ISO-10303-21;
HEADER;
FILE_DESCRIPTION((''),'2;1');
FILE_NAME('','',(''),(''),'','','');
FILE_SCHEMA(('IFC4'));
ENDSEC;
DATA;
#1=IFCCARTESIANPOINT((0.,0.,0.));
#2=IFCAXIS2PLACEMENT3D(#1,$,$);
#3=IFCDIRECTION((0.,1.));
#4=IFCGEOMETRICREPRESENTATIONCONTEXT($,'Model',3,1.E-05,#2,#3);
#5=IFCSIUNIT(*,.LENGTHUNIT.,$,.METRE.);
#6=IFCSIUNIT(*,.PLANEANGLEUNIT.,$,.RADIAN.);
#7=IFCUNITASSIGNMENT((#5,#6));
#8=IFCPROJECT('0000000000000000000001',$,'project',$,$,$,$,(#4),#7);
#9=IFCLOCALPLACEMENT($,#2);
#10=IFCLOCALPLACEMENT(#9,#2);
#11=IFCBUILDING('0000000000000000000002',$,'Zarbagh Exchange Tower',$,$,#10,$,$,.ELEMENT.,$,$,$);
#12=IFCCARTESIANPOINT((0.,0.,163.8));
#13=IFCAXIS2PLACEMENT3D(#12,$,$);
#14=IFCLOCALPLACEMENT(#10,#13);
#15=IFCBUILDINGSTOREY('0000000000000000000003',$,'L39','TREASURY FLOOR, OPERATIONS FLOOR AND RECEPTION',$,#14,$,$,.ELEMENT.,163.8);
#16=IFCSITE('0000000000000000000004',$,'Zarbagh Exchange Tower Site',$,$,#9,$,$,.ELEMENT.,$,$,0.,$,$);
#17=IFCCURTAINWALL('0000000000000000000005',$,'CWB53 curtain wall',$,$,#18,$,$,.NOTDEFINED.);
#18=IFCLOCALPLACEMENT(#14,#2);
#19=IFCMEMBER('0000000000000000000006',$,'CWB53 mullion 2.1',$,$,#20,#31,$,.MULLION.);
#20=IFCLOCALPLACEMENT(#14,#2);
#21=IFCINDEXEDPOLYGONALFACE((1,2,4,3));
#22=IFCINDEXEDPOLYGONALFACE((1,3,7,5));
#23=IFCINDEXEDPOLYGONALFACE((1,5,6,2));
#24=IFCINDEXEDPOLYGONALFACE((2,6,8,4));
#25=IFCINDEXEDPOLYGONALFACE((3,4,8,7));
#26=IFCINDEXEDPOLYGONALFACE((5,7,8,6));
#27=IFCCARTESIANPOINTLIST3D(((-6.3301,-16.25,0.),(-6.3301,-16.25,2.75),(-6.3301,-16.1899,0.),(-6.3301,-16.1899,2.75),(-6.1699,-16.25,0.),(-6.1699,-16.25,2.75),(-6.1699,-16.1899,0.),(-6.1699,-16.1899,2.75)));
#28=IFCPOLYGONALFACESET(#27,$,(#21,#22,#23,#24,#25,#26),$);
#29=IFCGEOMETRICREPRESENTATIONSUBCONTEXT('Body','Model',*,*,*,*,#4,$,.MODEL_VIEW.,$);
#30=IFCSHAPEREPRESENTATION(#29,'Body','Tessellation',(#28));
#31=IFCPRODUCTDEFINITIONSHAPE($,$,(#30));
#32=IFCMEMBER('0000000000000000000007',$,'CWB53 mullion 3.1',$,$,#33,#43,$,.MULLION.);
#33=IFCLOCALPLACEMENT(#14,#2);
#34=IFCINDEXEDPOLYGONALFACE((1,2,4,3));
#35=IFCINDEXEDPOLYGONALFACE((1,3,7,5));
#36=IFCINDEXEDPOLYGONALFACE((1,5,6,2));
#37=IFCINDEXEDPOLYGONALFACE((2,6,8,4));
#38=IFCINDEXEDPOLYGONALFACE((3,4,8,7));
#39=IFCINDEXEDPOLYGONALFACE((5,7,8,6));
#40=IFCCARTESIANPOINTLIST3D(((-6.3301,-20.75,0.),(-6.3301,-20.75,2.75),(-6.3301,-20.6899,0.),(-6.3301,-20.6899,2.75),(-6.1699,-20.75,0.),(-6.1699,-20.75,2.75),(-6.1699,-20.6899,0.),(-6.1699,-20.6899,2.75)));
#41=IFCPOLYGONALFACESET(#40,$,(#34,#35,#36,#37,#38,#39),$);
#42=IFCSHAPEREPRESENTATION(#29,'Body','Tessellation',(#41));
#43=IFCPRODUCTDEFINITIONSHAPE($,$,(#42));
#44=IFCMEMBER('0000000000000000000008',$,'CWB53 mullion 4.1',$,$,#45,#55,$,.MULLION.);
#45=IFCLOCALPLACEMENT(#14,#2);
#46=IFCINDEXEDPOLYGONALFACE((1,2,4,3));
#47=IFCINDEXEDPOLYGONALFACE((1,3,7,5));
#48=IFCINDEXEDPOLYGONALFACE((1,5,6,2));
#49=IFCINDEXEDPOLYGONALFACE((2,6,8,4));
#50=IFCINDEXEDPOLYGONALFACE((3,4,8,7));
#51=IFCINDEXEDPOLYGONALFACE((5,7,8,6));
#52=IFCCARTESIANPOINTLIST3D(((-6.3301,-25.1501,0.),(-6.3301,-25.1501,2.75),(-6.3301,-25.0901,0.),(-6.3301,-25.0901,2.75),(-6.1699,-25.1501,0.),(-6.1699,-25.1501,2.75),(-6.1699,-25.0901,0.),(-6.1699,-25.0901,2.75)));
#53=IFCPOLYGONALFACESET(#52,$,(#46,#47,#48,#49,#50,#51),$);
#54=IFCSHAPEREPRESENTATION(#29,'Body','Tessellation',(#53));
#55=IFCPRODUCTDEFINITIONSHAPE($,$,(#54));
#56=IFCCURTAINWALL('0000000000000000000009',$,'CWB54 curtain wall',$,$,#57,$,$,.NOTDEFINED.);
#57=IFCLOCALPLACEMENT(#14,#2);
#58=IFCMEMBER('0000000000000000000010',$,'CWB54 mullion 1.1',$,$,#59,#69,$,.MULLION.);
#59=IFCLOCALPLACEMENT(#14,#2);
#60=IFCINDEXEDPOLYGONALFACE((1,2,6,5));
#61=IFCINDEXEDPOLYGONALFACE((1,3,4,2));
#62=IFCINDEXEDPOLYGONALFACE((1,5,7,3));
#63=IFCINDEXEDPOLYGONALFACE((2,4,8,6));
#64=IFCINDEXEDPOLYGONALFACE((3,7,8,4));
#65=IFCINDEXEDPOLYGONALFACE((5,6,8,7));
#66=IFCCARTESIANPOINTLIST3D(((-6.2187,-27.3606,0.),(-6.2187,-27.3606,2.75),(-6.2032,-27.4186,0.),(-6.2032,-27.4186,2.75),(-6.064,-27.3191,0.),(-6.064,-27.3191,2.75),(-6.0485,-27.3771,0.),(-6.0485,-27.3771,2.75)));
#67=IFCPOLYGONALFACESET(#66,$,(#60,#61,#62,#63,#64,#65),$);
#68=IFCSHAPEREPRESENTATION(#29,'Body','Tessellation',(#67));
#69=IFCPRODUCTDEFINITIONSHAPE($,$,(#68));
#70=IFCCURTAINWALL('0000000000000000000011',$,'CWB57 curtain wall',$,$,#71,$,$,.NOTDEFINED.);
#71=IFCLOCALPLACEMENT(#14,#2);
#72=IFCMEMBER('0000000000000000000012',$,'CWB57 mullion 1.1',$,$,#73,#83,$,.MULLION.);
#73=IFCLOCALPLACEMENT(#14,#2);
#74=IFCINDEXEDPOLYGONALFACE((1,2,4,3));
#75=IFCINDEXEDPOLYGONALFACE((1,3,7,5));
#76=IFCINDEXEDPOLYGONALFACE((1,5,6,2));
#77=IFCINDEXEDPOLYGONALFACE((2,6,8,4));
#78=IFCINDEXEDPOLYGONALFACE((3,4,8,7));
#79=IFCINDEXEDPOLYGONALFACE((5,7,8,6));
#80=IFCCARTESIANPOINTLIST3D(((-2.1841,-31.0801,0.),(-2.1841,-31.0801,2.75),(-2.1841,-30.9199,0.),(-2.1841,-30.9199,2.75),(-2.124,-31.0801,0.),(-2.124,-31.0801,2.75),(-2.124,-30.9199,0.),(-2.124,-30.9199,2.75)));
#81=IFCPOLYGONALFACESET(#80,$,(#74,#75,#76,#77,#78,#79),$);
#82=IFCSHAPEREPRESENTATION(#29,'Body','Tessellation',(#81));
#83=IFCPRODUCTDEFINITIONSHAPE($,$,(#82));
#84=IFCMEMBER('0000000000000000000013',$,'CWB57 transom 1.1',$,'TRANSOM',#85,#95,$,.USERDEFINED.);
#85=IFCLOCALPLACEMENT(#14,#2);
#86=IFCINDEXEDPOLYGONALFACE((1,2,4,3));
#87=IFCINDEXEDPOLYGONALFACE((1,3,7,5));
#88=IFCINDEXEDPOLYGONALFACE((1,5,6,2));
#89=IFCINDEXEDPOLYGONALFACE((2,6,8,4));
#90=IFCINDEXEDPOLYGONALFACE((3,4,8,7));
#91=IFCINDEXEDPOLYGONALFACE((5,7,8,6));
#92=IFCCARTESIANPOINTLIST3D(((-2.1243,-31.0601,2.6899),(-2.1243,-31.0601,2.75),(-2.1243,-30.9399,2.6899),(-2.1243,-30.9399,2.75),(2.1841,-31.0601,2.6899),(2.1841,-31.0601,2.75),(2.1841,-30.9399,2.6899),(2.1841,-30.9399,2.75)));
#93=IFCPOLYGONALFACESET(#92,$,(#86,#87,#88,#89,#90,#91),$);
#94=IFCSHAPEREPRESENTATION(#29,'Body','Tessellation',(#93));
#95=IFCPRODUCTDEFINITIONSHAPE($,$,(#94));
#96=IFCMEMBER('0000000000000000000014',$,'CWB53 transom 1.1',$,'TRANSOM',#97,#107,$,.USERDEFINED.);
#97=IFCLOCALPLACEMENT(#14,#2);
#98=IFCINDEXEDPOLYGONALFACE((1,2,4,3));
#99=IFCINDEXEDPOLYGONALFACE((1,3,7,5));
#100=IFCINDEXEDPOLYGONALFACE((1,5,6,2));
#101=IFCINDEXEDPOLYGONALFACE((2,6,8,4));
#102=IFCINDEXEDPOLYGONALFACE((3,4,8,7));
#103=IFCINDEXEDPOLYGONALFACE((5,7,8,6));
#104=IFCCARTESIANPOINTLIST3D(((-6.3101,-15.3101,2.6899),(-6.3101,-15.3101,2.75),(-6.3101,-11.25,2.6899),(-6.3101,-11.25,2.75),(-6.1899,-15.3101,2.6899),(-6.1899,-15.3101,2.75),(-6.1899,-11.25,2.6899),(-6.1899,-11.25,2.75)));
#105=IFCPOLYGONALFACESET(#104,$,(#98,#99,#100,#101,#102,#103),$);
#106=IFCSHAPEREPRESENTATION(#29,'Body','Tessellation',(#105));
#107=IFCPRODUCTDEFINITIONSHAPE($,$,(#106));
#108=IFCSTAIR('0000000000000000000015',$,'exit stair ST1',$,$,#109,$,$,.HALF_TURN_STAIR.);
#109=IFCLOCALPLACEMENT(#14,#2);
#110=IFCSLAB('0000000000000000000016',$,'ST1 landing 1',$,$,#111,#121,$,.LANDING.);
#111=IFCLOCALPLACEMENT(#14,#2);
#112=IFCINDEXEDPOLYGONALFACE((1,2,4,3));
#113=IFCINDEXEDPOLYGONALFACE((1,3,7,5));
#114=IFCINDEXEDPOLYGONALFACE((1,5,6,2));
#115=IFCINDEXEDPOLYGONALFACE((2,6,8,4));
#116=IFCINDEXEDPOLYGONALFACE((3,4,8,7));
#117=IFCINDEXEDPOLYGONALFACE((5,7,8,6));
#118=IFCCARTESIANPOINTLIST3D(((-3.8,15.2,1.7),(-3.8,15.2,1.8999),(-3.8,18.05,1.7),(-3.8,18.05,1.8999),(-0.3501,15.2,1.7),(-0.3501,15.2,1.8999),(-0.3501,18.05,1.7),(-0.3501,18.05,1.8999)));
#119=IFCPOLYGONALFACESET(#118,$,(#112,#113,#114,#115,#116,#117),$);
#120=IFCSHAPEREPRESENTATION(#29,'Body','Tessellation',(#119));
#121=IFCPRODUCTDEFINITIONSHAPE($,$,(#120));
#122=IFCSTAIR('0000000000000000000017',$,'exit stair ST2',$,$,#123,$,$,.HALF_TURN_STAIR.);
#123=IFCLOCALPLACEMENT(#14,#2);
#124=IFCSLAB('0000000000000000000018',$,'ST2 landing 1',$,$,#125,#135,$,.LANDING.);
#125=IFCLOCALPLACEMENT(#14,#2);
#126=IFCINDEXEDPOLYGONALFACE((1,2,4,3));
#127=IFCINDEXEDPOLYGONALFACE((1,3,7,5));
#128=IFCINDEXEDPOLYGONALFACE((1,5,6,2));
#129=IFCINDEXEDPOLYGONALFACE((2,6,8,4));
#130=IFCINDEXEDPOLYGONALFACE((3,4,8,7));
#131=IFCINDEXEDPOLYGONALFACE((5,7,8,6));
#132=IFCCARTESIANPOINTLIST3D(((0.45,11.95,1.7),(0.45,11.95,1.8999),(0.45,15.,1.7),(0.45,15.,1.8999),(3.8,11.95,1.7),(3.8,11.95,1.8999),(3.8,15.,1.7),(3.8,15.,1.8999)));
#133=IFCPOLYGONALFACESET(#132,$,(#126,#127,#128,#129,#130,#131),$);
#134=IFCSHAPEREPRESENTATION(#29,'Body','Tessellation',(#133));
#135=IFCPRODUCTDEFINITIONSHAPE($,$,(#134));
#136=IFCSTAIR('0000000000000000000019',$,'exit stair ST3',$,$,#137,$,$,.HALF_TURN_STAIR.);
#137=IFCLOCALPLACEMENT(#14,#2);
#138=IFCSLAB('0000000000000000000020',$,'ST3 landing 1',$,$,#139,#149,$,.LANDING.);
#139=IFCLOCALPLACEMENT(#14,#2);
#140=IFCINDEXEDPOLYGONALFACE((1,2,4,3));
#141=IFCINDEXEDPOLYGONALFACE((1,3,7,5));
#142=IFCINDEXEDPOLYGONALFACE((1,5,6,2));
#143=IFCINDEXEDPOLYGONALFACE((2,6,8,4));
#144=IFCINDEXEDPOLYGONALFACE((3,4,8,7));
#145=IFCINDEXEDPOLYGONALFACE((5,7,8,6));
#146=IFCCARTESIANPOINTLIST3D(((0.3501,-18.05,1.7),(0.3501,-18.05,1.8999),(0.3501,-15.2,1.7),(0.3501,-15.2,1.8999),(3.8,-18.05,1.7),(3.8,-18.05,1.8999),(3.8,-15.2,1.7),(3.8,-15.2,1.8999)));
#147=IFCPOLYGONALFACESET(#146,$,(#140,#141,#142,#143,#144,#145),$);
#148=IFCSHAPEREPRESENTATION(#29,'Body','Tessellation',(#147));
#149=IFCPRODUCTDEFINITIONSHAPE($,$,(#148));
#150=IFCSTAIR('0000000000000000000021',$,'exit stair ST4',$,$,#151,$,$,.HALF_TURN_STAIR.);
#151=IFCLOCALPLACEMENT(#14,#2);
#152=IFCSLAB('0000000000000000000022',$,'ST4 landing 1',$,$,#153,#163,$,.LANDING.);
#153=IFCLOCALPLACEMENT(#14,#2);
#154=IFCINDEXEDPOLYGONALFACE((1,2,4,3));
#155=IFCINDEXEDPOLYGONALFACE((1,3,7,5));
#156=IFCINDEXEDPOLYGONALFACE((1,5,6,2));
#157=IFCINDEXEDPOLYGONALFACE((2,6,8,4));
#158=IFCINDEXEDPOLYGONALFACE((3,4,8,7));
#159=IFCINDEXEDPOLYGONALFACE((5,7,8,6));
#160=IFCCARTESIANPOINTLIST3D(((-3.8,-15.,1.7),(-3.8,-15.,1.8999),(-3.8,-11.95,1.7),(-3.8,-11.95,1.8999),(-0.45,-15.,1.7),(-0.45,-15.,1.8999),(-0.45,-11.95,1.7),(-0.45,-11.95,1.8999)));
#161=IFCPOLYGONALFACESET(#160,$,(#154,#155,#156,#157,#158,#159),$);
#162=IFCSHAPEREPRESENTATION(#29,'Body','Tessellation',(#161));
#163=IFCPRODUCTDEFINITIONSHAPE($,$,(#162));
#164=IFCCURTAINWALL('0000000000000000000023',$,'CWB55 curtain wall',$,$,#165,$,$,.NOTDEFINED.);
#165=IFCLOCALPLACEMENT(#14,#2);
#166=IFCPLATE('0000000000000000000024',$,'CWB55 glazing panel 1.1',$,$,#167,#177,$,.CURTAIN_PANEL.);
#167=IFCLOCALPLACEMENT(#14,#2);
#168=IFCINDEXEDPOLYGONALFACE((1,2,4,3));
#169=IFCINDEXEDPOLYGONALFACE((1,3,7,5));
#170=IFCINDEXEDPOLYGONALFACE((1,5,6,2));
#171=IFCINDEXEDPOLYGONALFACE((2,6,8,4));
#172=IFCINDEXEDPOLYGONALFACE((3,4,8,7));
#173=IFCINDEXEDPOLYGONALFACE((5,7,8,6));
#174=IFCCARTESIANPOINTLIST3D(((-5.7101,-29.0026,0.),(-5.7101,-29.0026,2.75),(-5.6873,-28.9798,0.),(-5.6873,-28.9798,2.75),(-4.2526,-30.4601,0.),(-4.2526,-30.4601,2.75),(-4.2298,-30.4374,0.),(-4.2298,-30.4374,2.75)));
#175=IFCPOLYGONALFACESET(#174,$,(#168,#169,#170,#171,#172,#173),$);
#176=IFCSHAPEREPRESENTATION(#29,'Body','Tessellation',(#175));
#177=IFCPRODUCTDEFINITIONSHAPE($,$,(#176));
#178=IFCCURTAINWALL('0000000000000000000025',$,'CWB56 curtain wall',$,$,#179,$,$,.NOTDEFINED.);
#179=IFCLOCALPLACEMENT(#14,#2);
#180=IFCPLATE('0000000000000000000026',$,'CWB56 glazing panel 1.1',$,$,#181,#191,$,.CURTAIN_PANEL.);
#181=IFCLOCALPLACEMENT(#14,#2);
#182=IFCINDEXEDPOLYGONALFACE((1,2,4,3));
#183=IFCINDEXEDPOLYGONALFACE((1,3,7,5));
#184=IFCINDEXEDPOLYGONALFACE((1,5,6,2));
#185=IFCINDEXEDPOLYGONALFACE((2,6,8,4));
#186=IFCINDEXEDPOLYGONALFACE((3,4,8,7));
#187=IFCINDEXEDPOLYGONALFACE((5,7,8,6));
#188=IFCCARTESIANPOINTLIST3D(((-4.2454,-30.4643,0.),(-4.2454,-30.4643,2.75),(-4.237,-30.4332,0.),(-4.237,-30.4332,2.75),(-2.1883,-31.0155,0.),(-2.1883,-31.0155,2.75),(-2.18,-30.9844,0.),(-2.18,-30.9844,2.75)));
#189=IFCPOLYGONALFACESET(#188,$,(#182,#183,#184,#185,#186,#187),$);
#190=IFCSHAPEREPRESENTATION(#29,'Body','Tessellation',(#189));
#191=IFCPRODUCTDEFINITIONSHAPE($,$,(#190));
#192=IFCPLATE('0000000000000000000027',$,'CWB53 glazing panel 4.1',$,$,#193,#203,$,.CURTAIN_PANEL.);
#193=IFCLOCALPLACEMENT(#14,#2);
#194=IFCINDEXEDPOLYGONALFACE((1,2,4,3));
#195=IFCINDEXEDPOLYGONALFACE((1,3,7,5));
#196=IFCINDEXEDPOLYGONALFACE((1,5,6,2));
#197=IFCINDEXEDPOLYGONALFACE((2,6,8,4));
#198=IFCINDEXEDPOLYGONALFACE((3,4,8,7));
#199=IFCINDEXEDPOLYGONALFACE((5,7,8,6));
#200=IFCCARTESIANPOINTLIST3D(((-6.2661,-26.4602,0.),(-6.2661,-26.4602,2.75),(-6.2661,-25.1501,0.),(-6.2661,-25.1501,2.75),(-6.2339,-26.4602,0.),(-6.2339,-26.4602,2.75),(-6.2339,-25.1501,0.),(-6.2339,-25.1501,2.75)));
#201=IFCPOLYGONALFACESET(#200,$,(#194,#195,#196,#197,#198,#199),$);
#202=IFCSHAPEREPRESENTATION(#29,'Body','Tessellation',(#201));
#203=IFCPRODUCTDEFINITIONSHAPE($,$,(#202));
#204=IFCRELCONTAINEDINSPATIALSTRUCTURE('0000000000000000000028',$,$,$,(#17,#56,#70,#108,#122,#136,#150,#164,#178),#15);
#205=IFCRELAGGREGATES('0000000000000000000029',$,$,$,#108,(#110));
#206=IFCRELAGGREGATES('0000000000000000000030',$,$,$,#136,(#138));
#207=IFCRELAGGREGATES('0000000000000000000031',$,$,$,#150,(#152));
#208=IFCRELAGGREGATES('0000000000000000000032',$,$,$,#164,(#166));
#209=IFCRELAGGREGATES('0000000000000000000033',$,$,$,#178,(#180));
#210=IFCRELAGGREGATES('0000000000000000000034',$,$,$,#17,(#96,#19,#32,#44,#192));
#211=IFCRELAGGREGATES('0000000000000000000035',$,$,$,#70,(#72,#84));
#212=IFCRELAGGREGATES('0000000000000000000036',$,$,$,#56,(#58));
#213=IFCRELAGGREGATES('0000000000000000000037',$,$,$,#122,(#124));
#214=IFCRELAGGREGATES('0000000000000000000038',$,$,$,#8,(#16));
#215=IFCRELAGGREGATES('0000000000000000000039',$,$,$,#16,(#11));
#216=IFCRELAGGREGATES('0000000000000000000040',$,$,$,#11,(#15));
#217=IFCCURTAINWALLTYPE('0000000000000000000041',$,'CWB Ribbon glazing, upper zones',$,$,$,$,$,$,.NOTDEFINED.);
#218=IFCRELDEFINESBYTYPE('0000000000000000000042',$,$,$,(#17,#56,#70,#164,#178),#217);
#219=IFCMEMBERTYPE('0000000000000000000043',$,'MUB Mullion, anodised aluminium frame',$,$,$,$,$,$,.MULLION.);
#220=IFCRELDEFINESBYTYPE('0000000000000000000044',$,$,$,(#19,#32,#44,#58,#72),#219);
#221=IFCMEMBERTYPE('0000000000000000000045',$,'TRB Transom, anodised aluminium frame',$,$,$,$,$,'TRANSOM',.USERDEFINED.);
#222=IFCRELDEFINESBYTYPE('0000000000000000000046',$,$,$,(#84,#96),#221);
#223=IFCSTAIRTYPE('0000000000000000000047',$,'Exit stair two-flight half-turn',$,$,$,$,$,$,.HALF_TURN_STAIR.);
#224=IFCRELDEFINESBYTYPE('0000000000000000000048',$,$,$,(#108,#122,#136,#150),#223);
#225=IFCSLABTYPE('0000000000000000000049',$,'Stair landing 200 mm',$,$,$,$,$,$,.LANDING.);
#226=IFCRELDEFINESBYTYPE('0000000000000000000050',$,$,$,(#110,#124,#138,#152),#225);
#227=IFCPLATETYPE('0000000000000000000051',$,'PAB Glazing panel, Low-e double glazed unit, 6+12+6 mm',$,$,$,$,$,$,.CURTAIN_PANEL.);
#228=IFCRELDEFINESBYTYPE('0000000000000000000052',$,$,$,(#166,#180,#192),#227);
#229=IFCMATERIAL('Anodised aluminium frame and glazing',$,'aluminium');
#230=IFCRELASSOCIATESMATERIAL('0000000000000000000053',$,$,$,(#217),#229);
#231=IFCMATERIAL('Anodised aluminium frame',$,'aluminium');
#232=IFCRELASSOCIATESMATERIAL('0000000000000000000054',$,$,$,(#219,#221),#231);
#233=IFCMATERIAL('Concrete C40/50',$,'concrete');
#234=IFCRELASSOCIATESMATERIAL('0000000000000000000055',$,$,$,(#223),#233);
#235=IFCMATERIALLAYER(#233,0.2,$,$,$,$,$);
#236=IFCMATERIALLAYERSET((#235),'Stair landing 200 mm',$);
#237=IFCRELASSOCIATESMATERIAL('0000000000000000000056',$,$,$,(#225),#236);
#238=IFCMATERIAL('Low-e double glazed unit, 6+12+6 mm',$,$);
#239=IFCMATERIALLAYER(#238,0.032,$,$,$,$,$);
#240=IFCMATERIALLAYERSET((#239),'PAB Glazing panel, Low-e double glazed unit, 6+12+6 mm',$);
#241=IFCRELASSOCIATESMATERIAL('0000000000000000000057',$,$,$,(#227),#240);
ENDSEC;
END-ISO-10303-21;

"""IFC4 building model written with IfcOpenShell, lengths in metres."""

from ifc_helpers import new_model, si_unit, direction, frame, origin, place, context, subcontext, project, spatial, polyline, outline, extrude, source, transform, mapped, material, layer, layer_set, type_object, element, aggregate, save


model = new_model("IFC4")

# Units and contexts
model_context = context("Model", 3, precision=1e-05, world=origin(), true_north=direction((0.0, 1.0)))
body_context = subcontext(model_context, "Body", "Model", "MODEL_VIEW")
ifc_project = project(units=[si_unit("LENGTHUNIT", "METRE"), si_unit("PLANEANGLEUNIT", "RADIAN")], contexts=[model_context])

# Site, building, storey
site_placement = place(None, origin())
site = spatial("IfcSite", under=ifc_project, at=site_placement, Name="Zarbagh Exchange Tower Site", CompositionType="ELEMENT", RefElevation=0.0)
building_placement = place(site_placement, origin())
building = spatial("IfcBuilding", under=site, at=building_placement, Name="Zarbagh Exchange Tower", CompositionType="ELEMENT")
storey_placement = place(building_placement, frame((0.0, 0.0, 163.8)))
storey = spatial("IfcBuildingStorey", under=building, at=storey_placement, Name="L39", Description="TREASURY FLOOR, OPERATIONS FLOOR AND RECEPTION", CompositionType="ELEMENT", Elevation=163.8)

# Curtain wall, members
ifc_material_1 = material(Name="Anodised aluminium frame and glazing", Category="aluminium")
curtain_wall_type = type_object("IfcCurtainWallType", Name="CWB Ribbon glazing, upper zones", PredefinedType="NOTDEFINED", material=ifc_material_1)
curtain_wall_1_placement = place(storey_placement, origin())
curtain_wall_1 = element("IfcCurtainWall", 1, at=curtain_wall_1_placement, inside=storey, type_object=curtain_wall_type, Name="CWB53 curtain wall", PredefinedType="NOTDEFINED")
ifc_material_2 = material(Name="Anodised aluminium frame", Category="aluminium")
member_type_1 = type_object("IfcMemberType", Name="MUB Mullion, anodised aluminium frame", PredefinedType="MULLION", material=ifc_material_2)
shared_shape_1 = source(origin(), body_context, "Body", "SweptSolid", [
    extrude(outline(polyline([(0.0, -0.0801), (0.0601, -0.0801), (0.0601, 0.0801), (0.0, 0.0801), (0.0, -0.0801)])), origin(), (0.0, 0.0, 1.0), 2.75),
])
placement = place(storey_placement, origin())
member_1 = element("IfcMember", 2, at=placement, type_object=member_type_1, Name="CWB53 mullion 2.1", PredefinedType="MULLION", context=body_context, shape_type="MappedRepresentation", body=[
    mapped(shared_shape_1, transform((-6.25, -16.1899, 0.0), x_axis=(0.0, -1.0, 0.0), y_axis=(1.0, 0.0, 0.0), z_axis=(0.0, 0.0, 1.0))),
])
member_2 = element("IfcMember", 3, at=placement, type_object=member_type_1, Name="CWB53 mullion 3.1", PredefinedType="MULLION", context=body_context, shape_type="MappedRepresentation", body=[
    mapped(shared_shape_1, transform((-6.25, -20.6899, 0.0), x_axis=(0.0, -1.0, 0.0), y_axis=(1.0, 0.0, 0.0), z_axis=(0.0, 0.0, 1.0))),
])
member_3 = element("IfcMember", 4, at=placement, type_object=member_type_1, Name="CWB53 mullion 4.1", PredefinedType="MULLION", context=body_context, shape_type="MappedRepresentation", body=[
    mapped(shared_shape_1, transform((-6.25, -25.0901, 0.0), x_axis=(0.0, -1.0, 0.0), y_axis=(1.0, 0.0, 0.0), z_axis=(0.0, 0.0, 1.0))),
])

# Curtain wall, member
curtain_wall_2_placement = place(storey_placement, origin())
curtain_wall_2 = element("IfcCurtainWall", 5, at=curtain_wall_2_placement, inside=storey, type_object=curtain_wall_type, Name="CWB54 curtain wall", PredefinedType="NOTDEFINED")
member_4 = element("IfcMember", 6, at=placement, type_object=member_type_1, Name="CWB54 mullion 1.1", PredefinedType="MULLION", context=body_context, shape_type="MappedRepresentation", body=[
    mapped(shared_shape_1, transform((-6.1414, -27.3398, 0.0), x_axis=(0.258825, -0.965924, 0.0), y_axis=(0.965924, 0.258825, 0.0), z_axis=(0.0, 0.0, 1.0))),
])

# Curtain wall, members
curtain_wall_3_placement = place(storey_placement, origin())
curtain_wall_3 = element("IfcCurtainWall", 7, at=curtain_wall_3_placement, inside=storey, type_object=curtain_wall_type, Name="CWB57 curtain wall", PredefinedType="NOTDEFINED")
member_5 = element("IfcMember", 8, at=placement, type_object=member_type_1, Name="CWB57 mullion 1.1", PredefinedType="MULLION", context=body_context, shape_type="MappedRepresentation", body=[
    mapped(shared_shape_1, transform((-2.1841, -31.0, 0.0), x_axis=(1.0, 0.0, 0.0), y_axis=(0.0, 1.0, 0.0), z_axis=(0.0, 0.0, 1.0))),
])
member_type_2 = type_object("IfcMemberType", Name="TRB Transom, anodised aluminium frame", ElementType="TRANSOM", PredefinedType="USERDEFINED", material=ifc_material_2)
shared_shape_2 = source(origin(), body_context, "Body", "SweptSolid", [
    extrude(outline(polyline([(-0.0601, -0.0601), (0.0, -0.0601), (0.0, 0.0601), (-0.0601, 0.0601), (-0.0601, -0.0601)])), origin(), (0.0, 0.0, 1.0), 4.3083),
])
member_6 = element("IfcMember", 9, at=placement, type_object=member_type_2, Name="CWB57 transom 1.1", ObjectType="TRANSOM", PredefinedType="USERDEFINED", context=body_context, shape_type="MappedRepresentation", body=[
    mapped(shared_shape_2, transform((-2.1243, -31.0, 2.75), x_axis=(0.0, 0.0, 1.0), y_axis=(0.0, -1.0, 0.0), z_axis=(1.0, 0.0, 0.0))),
])

# Member
shared_shape_3 = source(origin(), body_context, "Body", "SweptSolid", [
    extrude(outline(polyline([(-0.0601, -0.0601), (0.0, -0.0601), (0.0, 0.0601), (-0.0601, 0.0601), (-0.0601, -0.0601)])), origin(), (0.0, 0.0, 1.0), 4.0601),
])
member_7 = element("IfcMember", 10, at=placement, type_object=member_type_2, Name="CWB53 transom 1.1", ObjectType="TRANSOM", PredefinedType="USERDEFINED", context=body_context, shape_type="MappedRepresentation", body=[
    mapped(shared_shape_3, transform((-6.25, -11.25, 2.75), x_axis=(0.0, 0.0, 1.0), y_axis=(-1.0, 0.0, 0.0), z_axis=(0.0, -1.0, 0.0))),
])

# Stairs, slabs
ifc_material_3 = material(Name="Concrete C40/50", Category="concrete")
stair_type = type_object("IfcStairType", Name="Exit stair two-flight half-turn", PredefinedType="HALF_TURN_STAIR", material=ifc_material_3)
stair_1_placement = place(storey_placement, origin())
stair_1 = element("IfcStair", 11, at=stair_1_placement, inside=storey, type_object=stair_type, Name="exit stair ST1", PredefinedType="HALF_TURN_STAIR")
ifc_layer_1 = layer(ifc_material_3, 0.2)
ifc_layer_set_1 = layer_set([ifc_layer_1], Name="Stair landing 200 mm")
slab_type = type_object("IfcSlabType", Name="Stair landing 200 mm", PredefinedType="LANDING", material=ifc_layer_set_1)
slab_1_placement = place(storey_placement, frame((0.0, 0.0, 1.7)))
slab_1 = element("IfcSlab", 12, at=slab_1_placement, type_object=slab_type, Name="ST1 landing 1", PredefinedType="LANDING", context=body_context, shape_type="SweptSolid", body=[
    extrude(outline(polyline([(-0.3501, 18.05), (-3.8, 18.05), (-3.8, 15.2), (-0.3501, 15.2), (-0.3501, 18.05)])), origin(), (0.0, 0.0, 1.0), 0.2),
])
aggregate(stair_1, [slab_1])
stair_2_placement = place(storey_placement, origin())
stair_2 = element("IfcStair", 13, at=stair_2_placement, inside=storey, type_object=stair_type, Name="exit stair ST2", PredefinedType="HALF_TURN_STAIR")
slab_2_placement = place(storey_placement, frame((0.0, 0.0, 1.7)))
slab_2 = element("IfcSlab", 14, at=slab_2_placement, type_object=slab_type, Name="ST2 landing 1", PredefinedType="LANDING", context=body_context, shape_type="SweptSolid", body=[
    extrude(outline(polyline([(0.45, 11.95), (3.8, 11.95), (3.8, 15.0), (0.45, 15.0), (0.45, 11.95)])), origin(), (0.0, 0.0, 1.0), 0.2),
])
stair_3_placement = place(storey_placement, origin())
stair_3 = element("IfcStair", 15, at=stair_3_placement, inside=storey, type_object=stair_type, Name="exit stair ST3", PredefinedType="HALF_TURN_STAIR")
slab_3_placement = place(storey_placement, frame((0.0, 0.0, 1.7)))
slab_3 = element("IfcSlab", 16, at=slab_3_placement, type_object=slab_type, Name="ST3 landing 1", PredefinedType="LANDING", context=body_context, shape_type="SweptSolid", body=[
    extrude(outline(polyline([(0.3501, -18.05), (3.8, -18.05), (3.8, -15.2), (0.3501, -15.2), (0.3501, -18.05)])), origin(), (0.0, 0.0, 1.0), 0.2),
])
aggregate(stair_3, [slab_3])
stair_4_placement = place(storey_placement, origin())
stair_4 = element("IfcStair", 17, at=stair_4_placement, inside=storey, type_object=stair_type, Name="exit stair ST4", PredefinedType="HALF_TURN_STAIR")
slab_4_placement = place(storey_placement, frame((0.0, 0.0, 1.7)))
slab_4 = element("IfcSlab", 18, at=slab_4_placement, type_object=slab_type, Name="ST4 landing 1", PredefinedType="LANDING", context=body_context, shape_type="SweptSolid", body=[
    extrude(outline(polyline([(-0.45, -11.95), (-3.8, -11.95), (-3.8, -15.0), (-0.45, -15.0), (-0.45, -11.95)])), origin(), (0.0, 0.0, 1.0), 0.2),
])
aggregate(stair_4, [slab_4])

# Curtain walls, plates
curtain_wall_4_placement = place(storey_placement, origin())
curtain_wall_4 = element("IfcCurtainWall", 19, at=curtain_wall_4_placement, inside=storey, type_object=curtain_wall_type, Name="CWB55 curtain wall", PredefinedType="NOTDEFINED")
ifc_material_4 = material(Name="Low-e double glazed unit, 6+12+6 mm")
ifc_layer_2 = layer(ifc_material_4, 0.032)
ifc_layer_set_2 = layer_set([ifc_layer_2], Name="PAB Glazing panel, Low-e double glazed unit, 6+12+6 mm")
plate_type = type_object("IfcPlateType", Name="PAB Glazing panel, Low-e double glazed unit, 6+12+6 mm", PredefinedType="CURTAIN_PANEL", material=ifc_layer_set_2)
shared_shape_4 = source(origin(), body_context, "Body", "SweptSolid", [
    extrude(outline(polyline([(0.0, -0.0161), (2.0613, -0.0161), (2.0613, 0.0161), (0.0, 0.0161), (0.0, -0.0161)])), origin(), (0.0, 0.0, 1.0), 2.75),
])
plate_1 = element("IfcPlate", 20, at=placement, type_object=plate_type, Name="CWB55 glazing panel 1.1", PredefinedType="CURTAIN_PANEL", context=body_context, shape_type="MappedRepresentation", body=[
    mapped(shared_shape_4, transform((-5.6987, -28.9912, 0.0), x_axis=(0.707107, -0.707107, 0.0), y_axis=(0.707107, 0.707107, 0.0), z_axis=(0.0, 0.0, 1.0))),
])
aggregate(curtain_wall_4, [plate_1])
curtain_wall_5_placement = place(storey_placement, origin())
curtain_wall_5 = element("IfcCurtainWall", 21, at=curtain_wall_5_placement, inside=storey, type_object=curtain_wall_type, Name="CWB56 curtain wall", PredefinedType="NOTDEFINED")
shared_shape_5 = source(origin(), body_context, "Body", "SweptSolid", [
    extrude(outline(polyline([(0.0, -0.0161), (2.1296, -0.0161), (2.1296, 0.0161), (0.0, 0.0161), (0.0, -0.0161)])), origin(), (0.0, 0.0, 1.0), 2.75),
])
plate_2 = element("IfcPlate", 22, at=placement, type_object=plate_type, Name="CWB56 glazing panel 1.1", PredefinedType="CURTAIN_PANEL", context=body_context, shape_type="MappedRepresentation", body=[
    mapped(shared_shape_5, transform((-4.2412, -30.4487, 0.0), x_axis=(0.965924, -0.258825, 0.0), y_axis=(0.258825, 0.965924, 0.0), z_axis=(0.0, 0.0, 1.0))),
])
aggregate(curtain_wall_5, [plate_2])

# Plate
shared_shape_6 = source(origin(), body_context, "Body", "SweptSolid", [
    extrude(outline(polyline([(0.0, -0.0161), (1.3101, -0.0161), (1.3101, 0.0161), (0.0, 0.0161), (0.0, -0.0161)])), origin(), (0.0, 0.0, 1.0), 2.75),
])
plate_3 = element("IfcPlate", 23, at=placement, type_object=plate_type, Name="CWB53 glazing panel 4.1", PredefinedType="CURTAIN_PANEL", context=body_context, shape_type="MappedRepresentation", body=[
    mapped(shared_shape_6, transform((-6.25, -25.1501, 0.0), x_axis=(0.0, -1.0, 0.0), y_axis=(1.0, 0.0, 0.0), z_axis=(0.0, 0.0, 1.0))),
])
aggregate(curtain_wall_1, [member_7, member_1, member_2, member_3, plate_3])
aggregate(curtain_wall_3, [member_5, member_6])
aggregate(curtain_wall_2, [member_4])

aggregate(stair_2, [slab_2])

save(model, "model.ifc")
